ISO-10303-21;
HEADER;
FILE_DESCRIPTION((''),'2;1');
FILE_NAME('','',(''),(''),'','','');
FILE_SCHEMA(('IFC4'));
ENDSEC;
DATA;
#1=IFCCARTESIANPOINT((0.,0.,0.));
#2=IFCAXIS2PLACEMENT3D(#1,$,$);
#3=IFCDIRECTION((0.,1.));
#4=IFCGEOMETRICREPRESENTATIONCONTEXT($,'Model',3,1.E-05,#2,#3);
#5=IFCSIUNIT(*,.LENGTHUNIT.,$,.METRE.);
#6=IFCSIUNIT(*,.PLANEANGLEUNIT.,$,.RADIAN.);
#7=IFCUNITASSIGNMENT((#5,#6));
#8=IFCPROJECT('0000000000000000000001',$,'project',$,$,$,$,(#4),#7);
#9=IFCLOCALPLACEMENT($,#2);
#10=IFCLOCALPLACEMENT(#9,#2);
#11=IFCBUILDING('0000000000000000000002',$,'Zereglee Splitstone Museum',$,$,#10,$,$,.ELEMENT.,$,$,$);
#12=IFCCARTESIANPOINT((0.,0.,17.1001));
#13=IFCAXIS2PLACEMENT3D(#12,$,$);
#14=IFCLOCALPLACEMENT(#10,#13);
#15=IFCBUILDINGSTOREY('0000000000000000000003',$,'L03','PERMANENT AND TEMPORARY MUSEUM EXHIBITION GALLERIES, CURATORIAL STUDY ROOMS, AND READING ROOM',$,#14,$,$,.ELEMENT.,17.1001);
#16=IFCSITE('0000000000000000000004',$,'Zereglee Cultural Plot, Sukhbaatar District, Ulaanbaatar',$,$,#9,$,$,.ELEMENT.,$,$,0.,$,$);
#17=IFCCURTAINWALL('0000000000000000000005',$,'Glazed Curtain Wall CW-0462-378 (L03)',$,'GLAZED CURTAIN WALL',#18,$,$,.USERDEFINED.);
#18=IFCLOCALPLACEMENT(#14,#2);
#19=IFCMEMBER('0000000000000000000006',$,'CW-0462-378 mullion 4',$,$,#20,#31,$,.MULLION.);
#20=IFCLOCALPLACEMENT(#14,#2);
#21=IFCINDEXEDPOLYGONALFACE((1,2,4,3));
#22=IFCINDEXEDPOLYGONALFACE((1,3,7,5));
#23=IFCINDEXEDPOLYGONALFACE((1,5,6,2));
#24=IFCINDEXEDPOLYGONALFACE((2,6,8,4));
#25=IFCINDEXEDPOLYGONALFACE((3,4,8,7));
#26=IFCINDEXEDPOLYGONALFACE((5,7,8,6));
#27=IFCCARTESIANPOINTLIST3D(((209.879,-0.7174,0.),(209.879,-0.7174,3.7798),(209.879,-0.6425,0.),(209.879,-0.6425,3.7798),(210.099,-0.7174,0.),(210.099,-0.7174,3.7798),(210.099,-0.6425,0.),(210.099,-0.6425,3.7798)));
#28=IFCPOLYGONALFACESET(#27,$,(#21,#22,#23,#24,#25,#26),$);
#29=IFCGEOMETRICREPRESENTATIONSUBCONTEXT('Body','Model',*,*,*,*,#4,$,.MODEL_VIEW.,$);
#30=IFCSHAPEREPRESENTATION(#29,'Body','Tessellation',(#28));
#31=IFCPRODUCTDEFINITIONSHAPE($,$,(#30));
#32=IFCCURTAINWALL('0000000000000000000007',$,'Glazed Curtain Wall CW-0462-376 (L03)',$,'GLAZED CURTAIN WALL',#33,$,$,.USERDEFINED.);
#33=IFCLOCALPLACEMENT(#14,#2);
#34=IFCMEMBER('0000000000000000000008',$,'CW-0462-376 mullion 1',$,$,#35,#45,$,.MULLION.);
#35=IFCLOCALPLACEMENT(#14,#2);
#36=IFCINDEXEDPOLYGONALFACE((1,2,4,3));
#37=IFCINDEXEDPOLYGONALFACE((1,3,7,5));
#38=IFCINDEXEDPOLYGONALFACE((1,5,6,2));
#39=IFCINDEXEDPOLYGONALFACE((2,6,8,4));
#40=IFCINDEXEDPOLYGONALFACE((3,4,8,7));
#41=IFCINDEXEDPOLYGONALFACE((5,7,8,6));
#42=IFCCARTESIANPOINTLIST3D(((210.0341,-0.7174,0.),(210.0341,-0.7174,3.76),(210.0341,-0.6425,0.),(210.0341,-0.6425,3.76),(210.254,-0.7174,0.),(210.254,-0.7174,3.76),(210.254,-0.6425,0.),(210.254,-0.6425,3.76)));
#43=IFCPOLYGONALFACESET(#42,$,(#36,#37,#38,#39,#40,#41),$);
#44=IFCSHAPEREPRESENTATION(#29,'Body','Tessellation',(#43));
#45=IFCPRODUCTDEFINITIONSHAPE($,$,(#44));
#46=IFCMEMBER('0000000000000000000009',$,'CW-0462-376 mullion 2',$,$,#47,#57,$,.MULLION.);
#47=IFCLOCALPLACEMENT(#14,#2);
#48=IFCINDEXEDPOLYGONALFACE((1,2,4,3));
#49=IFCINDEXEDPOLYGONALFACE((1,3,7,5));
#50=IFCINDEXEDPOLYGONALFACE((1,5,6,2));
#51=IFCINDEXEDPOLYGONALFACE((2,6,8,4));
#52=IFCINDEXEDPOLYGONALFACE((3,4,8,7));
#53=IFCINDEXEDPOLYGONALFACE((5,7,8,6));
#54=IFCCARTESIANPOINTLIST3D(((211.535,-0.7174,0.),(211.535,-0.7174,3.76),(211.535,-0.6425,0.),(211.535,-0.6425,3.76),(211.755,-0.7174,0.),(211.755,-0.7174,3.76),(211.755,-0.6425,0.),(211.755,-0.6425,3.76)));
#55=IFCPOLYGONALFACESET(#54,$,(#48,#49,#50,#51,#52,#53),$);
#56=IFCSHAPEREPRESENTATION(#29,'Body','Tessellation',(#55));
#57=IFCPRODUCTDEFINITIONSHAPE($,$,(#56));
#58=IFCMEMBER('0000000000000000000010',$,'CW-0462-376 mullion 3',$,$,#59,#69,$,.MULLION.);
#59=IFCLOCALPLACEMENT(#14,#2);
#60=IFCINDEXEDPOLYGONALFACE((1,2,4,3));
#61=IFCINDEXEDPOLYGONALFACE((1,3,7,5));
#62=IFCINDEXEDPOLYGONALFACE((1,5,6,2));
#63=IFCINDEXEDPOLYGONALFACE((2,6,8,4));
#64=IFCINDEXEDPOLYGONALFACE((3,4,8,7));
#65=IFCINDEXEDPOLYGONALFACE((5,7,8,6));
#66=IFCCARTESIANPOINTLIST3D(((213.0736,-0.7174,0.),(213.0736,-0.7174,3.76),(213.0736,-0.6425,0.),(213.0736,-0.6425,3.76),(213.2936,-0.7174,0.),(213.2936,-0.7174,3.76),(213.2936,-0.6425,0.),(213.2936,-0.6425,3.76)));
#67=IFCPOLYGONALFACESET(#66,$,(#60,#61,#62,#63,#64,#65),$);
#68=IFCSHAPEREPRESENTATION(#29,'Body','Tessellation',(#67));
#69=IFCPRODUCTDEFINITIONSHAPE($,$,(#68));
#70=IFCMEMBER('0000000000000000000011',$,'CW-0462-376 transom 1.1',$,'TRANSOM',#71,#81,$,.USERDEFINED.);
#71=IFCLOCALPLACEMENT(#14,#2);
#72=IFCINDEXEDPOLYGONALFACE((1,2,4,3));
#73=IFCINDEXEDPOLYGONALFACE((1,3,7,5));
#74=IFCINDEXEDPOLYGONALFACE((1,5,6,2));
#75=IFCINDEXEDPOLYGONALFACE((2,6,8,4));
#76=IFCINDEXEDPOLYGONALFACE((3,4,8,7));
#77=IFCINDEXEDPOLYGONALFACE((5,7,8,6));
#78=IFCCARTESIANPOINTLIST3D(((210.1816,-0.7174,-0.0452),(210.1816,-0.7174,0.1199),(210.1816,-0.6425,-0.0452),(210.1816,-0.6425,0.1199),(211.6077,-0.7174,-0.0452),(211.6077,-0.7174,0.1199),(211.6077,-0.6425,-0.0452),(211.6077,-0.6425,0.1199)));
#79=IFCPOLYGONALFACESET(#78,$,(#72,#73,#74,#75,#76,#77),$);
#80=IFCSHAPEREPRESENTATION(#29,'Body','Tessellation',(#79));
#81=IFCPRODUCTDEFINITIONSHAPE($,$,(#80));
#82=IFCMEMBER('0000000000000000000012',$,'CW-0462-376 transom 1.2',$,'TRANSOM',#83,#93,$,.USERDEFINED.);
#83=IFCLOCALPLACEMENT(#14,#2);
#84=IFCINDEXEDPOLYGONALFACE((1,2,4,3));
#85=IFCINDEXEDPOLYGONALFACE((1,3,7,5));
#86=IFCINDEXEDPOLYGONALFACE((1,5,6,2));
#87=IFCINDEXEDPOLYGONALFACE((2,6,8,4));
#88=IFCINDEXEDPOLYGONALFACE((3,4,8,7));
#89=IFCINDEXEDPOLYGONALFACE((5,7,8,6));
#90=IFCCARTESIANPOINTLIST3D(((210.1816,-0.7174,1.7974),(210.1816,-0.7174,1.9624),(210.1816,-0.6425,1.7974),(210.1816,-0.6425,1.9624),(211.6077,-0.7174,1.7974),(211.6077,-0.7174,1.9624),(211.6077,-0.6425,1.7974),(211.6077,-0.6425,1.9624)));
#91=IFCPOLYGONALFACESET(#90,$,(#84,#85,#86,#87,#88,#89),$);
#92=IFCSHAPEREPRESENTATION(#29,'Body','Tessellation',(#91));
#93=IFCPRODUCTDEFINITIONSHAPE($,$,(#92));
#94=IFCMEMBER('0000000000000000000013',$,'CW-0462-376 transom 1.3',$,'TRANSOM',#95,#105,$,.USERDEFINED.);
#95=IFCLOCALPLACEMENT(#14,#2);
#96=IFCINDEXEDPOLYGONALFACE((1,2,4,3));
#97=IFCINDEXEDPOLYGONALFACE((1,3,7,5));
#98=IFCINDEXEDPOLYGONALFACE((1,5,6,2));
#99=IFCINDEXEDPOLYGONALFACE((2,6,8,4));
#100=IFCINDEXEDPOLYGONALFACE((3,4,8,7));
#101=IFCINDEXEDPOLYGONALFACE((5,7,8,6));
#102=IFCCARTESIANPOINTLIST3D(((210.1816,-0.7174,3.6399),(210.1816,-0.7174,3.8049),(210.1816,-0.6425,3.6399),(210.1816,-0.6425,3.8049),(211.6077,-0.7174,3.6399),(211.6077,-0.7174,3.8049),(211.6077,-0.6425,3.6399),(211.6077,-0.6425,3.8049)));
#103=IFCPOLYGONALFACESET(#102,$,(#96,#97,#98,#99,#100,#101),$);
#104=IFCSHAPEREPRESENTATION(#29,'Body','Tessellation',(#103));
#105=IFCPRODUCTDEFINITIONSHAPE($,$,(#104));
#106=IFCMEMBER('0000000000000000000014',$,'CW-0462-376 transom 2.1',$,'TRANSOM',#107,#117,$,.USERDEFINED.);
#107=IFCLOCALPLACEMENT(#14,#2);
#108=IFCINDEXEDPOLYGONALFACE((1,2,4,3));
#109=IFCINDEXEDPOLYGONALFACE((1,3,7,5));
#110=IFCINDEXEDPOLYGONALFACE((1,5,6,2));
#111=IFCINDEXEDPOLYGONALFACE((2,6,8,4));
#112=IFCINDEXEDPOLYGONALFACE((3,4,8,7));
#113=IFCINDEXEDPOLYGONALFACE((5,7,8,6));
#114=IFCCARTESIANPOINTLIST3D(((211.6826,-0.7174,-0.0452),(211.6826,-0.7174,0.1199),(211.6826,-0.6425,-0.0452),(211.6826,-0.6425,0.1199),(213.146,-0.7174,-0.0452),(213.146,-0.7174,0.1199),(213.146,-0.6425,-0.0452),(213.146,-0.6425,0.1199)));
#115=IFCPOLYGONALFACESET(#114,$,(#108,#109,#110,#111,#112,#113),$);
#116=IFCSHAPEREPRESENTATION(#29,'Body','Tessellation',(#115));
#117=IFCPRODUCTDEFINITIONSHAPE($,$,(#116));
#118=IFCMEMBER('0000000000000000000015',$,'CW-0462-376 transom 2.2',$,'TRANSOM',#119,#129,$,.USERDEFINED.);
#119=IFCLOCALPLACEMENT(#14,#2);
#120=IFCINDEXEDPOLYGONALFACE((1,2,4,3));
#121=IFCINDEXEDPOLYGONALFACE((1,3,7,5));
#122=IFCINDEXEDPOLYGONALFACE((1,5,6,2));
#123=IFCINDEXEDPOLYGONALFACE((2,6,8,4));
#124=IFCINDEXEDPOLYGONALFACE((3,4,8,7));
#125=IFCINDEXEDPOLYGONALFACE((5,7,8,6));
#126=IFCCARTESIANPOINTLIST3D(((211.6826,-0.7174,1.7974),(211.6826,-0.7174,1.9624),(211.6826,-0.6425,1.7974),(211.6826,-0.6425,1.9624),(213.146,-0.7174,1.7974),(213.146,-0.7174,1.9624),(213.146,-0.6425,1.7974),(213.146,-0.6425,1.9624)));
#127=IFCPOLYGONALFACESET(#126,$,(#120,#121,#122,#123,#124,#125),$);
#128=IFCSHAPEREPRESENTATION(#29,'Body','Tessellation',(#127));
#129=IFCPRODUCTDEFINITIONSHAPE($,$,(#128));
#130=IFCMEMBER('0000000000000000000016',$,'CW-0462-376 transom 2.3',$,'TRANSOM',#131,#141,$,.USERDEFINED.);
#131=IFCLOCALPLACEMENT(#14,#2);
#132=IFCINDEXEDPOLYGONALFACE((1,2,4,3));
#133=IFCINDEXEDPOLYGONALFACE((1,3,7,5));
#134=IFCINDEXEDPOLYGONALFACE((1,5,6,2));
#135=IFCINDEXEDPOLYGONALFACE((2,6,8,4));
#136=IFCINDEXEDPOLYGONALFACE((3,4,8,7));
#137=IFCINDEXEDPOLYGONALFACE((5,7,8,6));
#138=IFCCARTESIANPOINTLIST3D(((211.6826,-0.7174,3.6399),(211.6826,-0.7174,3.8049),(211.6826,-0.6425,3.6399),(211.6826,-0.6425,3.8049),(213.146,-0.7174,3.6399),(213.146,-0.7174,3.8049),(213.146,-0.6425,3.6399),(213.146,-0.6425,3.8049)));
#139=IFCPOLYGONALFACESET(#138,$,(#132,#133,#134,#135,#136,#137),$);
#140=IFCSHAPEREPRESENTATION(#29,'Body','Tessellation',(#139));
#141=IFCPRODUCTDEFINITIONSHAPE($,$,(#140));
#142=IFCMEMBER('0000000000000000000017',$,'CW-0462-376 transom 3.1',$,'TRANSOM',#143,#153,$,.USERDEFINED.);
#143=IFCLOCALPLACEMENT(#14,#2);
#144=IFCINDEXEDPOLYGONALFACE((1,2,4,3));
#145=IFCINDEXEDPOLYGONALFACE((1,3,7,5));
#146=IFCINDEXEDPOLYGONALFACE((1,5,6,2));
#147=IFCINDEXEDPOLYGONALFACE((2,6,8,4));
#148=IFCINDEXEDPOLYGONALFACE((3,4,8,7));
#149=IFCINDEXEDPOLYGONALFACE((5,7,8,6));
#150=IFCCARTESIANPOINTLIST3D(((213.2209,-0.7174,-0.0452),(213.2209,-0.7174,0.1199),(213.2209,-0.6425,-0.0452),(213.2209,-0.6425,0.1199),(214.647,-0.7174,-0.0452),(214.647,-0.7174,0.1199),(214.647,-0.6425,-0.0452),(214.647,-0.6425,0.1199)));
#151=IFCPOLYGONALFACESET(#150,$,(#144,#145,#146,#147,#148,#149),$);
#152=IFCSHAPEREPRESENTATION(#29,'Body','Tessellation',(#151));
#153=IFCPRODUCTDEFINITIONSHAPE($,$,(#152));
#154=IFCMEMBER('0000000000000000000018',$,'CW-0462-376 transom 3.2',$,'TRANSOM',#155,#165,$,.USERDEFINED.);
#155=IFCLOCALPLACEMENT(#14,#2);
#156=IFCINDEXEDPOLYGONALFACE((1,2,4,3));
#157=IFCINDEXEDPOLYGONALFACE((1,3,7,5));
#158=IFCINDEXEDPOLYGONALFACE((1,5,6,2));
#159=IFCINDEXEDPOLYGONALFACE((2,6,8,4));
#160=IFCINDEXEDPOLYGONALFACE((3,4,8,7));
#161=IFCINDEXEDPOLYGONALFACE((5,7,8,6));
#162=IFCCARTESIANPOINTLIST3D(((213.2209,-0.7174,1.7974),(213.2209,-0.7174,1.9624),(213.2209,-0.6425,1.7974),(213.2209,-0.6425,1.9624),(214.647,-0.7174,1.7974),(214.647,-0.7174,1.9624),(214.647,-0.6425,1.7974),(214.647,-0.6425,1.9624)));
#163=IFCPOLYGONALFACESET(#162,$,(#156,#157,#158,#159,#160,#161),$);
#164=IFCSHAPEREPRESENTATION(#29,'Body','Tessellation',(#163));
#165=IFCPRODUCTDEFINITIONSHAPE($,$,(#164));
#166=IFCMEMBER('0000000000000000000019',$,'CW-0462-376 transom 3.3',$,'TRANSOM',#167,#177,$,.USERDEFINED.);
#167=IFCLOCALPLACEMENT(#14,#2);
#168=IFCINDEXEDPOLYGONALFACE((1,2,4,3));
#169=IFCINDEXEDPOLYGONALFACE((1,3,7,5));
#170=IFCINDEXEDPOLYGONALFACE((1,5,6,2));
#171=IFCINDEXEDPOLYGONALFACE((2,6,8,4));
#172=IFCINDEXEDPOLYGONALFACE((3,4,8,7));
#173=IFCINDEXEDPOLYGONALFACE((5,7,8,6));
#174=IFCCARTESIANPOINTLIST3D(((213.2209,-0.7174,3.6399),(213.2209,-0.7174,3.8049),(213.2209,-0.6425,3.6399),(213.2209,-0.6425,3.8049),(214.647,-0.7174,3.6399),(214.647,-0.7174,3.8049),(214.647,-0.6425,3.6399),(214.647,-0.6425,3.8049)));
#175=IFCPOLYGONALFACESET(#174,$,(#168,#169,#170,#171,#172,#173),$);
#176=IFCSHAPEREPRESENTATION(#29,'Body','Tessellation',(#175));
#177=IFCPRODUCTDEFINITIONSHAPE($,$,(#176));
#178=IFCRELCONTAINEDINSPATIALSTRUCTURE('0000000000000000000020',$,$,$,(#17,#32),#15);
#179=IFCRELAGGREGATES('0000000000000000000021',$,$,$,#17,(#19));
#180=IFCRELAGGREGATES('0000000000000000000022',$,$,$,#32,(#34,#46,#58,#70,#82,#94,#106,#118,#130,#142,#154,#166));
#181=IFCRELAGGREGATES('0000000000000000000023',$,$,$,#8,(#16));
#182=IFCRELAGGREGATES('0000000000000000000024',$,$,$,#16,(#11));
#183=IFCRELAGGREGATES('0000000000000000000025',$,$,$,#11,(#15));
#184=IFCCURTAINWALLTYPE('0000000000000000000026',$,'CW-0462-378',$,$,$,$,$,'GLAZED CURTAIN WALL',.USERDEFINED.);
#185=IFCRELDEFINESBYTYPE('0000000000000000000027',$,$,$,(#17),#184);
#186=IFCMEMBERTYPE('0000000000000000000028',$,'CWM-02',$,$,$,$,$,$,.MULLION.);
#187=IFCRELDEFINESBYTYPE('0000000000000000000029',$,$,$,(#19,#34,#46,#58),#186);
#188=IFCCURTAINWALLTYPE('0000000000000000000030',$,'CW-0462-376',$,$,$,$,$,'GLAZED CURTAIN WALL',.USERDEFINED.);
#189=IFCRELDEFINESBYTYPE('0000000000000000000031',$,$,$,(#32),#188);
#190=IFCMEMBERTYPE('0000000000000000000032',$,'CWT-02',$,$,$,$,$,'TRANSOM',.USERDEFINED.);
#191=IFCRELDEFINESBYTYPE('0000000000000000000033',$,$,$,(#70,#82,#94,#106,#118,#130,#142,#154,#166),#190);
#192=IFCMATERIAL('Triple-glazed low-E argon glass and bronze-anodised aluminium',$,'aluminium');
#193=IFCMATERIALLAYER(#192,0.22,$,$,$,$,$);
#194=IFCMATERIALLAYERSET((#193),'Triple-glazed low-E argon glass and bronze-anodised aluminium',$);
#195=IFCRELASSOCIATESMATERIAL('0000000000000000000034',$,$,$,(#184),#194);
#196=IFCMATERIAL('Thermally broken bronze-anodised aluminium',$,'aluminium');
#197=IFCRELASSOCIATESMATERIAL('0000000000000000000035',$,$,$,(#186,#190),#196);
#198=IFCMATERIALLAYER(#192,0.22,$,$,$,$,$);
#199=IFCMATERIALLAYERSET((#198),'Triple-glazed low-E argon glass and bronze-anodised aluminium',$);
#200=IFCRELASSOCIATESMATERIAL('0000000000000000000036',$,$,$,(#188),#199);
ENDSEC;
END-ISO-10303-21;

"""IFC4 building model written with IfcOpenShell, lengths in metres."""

from ifc_helpers import new_model, si_unit, direction, frame, origin, origin_2d, place, context, subcontext, project, spatial, rectangle, extrude, material, layer, layer_set, material_profile, profile_set, type_object, element, aggregate, save


model = new_model("IFC4")

# Units and contexts
model_context = context("Model", 3, precision=1e-05, world=origin(), true_north=direction((0.0, 1.0)))
body_context = subcontext(model_context, "Body", "Model", "MODEL_VIEW")
ifc_project = project(units=[si_unit("LENGTHUNIT", "METRE"), si_unit("PLANEANGLEUNIT", "RADIAN")], contexts=[model_context])

# Site, building, storey
site_placement = place(None, origin())
site = spatial("IfcSite", under=ifc_project, at=site_placement, Name="Zereglee Cultural Plot, Sukhbaatar District, Ulaanbaatar", CompositionType="ELEMENT", RefElevation=0.0)
building_placement = place(site_placement, origin())
building = spatial("IfcBuilding", under=site, at=building_placement, Name="Zereglee Splitstone Museum", CompositionType="ELEMENT")
storey_placement = place(building_placement, frame((0.0, 0.0, 17.1001)))
storey = spatial("IfcBuildingStorey", under=building, at=storey_placement, Name="L03", Description="PERMANENT AND TEMPORARY MUSEUM EXHIBITION GALLERIES, CURATORIAL STUDY ROOMS, AND READING ROOM", CompositionType="ELEMENT", Elevation=17.1001)

# Curtain wall, member
ifc_material_1 = material(Name="Triple-glazed low-E argon glass and bronze-anodised aluminium", Category="aluminium")
ifc_layer_1 = layer(ifc_material_1, 0.22)
ifc_layer_set_1 = layer_set([ifc_layer_1], Name="Triple-glazed low-E argon glass and bronze-anodised aluminium")
curtain_wall_type_1 = type_object("IfcCurtainWallType", Name="CW-0462-378", ElementType="GLAZED CURTAIN WALL", PredefinedType="USERDEFINED", material=ifc_layer_set_1)
curtain_wall_1_placement = place(storey_placement, origin())
curtain_wall_1 = element("IfcCurtainWall", 1, at=curtain_wall_1_placement, inside=storey, type_object=curtain_wall_type_1, Name="Glazed Curtain Wall CW-0462-378 (L03)", ObjectType="GLAZED CURTAIN WALL", PredefinedType="USERDEFINED")
ifc_material_2 = material(Name="Thermally broken bronze-anodised aluminium", Category="aluminium")
ifc_material_profile_1 = material_profile(ifc_material_2, rectangle(XDim=0.075, YDim=0.22, at=origin_2d()), Name="CW MULL 75x220")
ifc_profile_set_1 = profile_set([ifc_material_profile_1], Name="Thermally broken bronze-anodised aluminium")
member_type_1 = type_object("IfcMemberType", Name="CWM-02", PredefinedType="MULLION", material=ifc_profile_set_1)
member_1_placement = place(storey_placement, frame((209.989, -0.6799, 0.0), z_axis=(0.0, 0.0, 1.0), x_axis=(0.0, 1.0, 0.0)))
member_1 = element("IfcMember", 2, at=member_1_placement, type_object=member_type_1, Name="CW-0462-378 mullion 4", PredefinedType="MULLION", context=body_context, shape_type="SweptSolid", body=[
    extrude(rectangle(XDim=0.075, YDim=0.22, at=origin_2d()), origin(), (0.0, 0.0, 1.0), 3.7798),
])

# Curtain wall, members
ifc_layer_2 = layer(ifc_material_1, 0.22)
ifc_layer_set_2 = layer_set([ifc_layer_2], Name="Triple-glazed low-E argon glass and bronze-anodised aluminium")
curtain_wall_type_2 = type_object("IfcCurtainWallType", Name="CW-0462-376", ElementType="GLAZED CURTAIN WALL", PredefinedType="USERDEFINED", material=ifc_layer_set_2)
curtain_wall_2_placement = place(storey_placement, origin())
curtain_wall_2 = element("IfcCurtainWall", 3, at=curtain_wall_2_placement, inside=storey, type_object=curtain_wall_type_2, Name="Glazed Curtain Wall CW-0462-376 (L03)", ObjectType="GLAZED CURTAIN WALL", PredefinedType="USERDEFINED")
member_2_placement = place(storey_placement, frame((210.144, -0.6799, 0.0), z_axis=(0.0, 0.0, 1.0), x_axis=(0.0, 1.0, 0.0)))
member_2 = element("IfcMember", 4, at=member_2_placement, type_object=member_type_1, Name="CW-0462-376 mullion 1", PredefinedType="MULLION", context=body_context, shape_type="SweptSolid", body=[
    extrude(rectangle(XDim=0.075, YDim=0.22, at=origin_2d()), origin(), (0.0, 0.0, 1.0), 3.76),
])
member_3_placement = place(storey_placement, frame((211.645, -0.6799, 0.0), z_axis=(0.0, 0.0, 1.0), x_axis=(0.0, 1.0, 0.0)))
member_3 = element("IfcMember", 5, at=member_3_placement, type_object=member_type_1, Name="CW-0462-376 mullion 2", PredefinedType="MULLION", context=body_context, shape_type="SweptSolid", body=[
    extrude(rectangle(XDim=0.075, YDim=0.22, at=origin_2d()), origin(), (0.0, 0.0, 1.0), 3.76),
])
member_4_placement = place(storey_placement, frame((213.1836, -0.6799, 0.0), z_axis=(0.0, 0.0, 1.0), x_axis=(0.0, 1.0, 0.0)))
member_4 = element("IfcMember", 6, at=member_4_placement, type_object=member_type_1, Name="CW-0462-376 mullion 3", PredefinedType="MULLION", context=body_context, shape_type="SweptSolid", body=[
    extrude(rectangle(XDim=0.075, YDim=0.22, at=origin_2d()), origin(), (0.0, 0.0, 1.0), 3.76),
])
ifc_material_profile_2 = material_profile(ifc_material_2, rectangle(XDim=0.075, YDim=0.165, at=origin_2d()), Name="CW TRAN 75x165")
ifc_profile_set_2 = profile_set([ifc_material_profile_2], Name="Thermally broken bronze-anodised aluminium")
member_type_2 = type_object("IfcMemberType", Name="CWT-02", ElementType="TRANSOM", PredefinedType="USERDEFINED", material=ifc_profile_set_2)
member_5_placement = place(storey_placement, frame((210.1816, -0.6799, 0.0374), z_axis=(1.0, 0.0, 0.0), x_axis=(0.0, 1.0, 0.0)))
member_5 = element("IfcMember", 7, at=member_5_placement, type_object=member_type_2, Name="CW-0462-376 transom 1.1", ObjectType="TRANSOM", PredefinedType="USERDEFINED", context=body_context, shape_type="SweptSolid", body=[
    extrude(rectangle(XDim=0.075, YDim=0.165, at=origin_2d()), origin(), (0.0, 0.0, 1.0), 1.426),
])
member_6_placement = place(storey_placement, frame((210.1816, -0.6799, 1.8799), z_axis=(1.0, 0.0, 0.0), x_axis=(0.0, 1.0, 0.0)))
member_6 = element("IfcMember", 8, at=member_6_placement, type_object=member_type_2, Name="CW-0462-376 transom 1.2", ObjectType="TRANSOM", PredefinedType="USERDEFINED", context=body_context, shape_type="SweptSolid", body=[
    extrude(rectangle(XDim=0.075, YDim=0.165, at=origin_2d()), origin(), (0.0, 0.0, 1.0), 1.426),
])
member_7_placement = place(storey_placement, frame((210.1816, -0.6799, 3.7224), z_axis=(1.0, 0.0, 0.0), x_axis=(0.0, 1.0, 0.0)))
member_7 = element("IfcMember", 9, at=member_7_placement, type_object=member_type_2, Name="CW-0462-376 transom 1.3", ObjectType="TRANSOM", PredefinedType="USERDEFINED", context=body_context, shape_type="SweptSolid", body=[
    extrude(rectangle(XDim=0.075, YDim=0.165, at=origin_2d()), origin(), (0.0, 0.0, 1.0), 1.426),
])
member_8_placement = place(storey_placement, frame((211.6826, -0.6799, 0.0374), z_axis=(1.0, 0.0, 0.0), x_axis=(0.0, 1.0, 0.0)))
member_8 = element("IfcMember", 10, at=member_8_placement, type_object=member_type_2, Name="CW-0462-376 transom 2.1", ObjectType="TRANSOM", PredefinedType="USERDEFINED", context=body_context, shape_type="SweptSolid", body=[
    extrude(rectangle(XDim=0.075, YDim=0.165, at=origin_2d()), origin(), (0.0, 0.0, 1.0), 1.4634),
])
member_9_placement = place(storey_placement, frame((211.6826, -0.6799, 1.8799), z_axis=(1.0, 0.0, 0.0), x_axis=(0.0, 1.0, 0.0)))
member_9 = element("IfcMember", 11, at=member_9_placement, type_object=member_type_2, Name="CW-0462-376 transom 2.2", ObjectType="TRANSOM", PredefinedType="USERDEFINED", context=body_context, shape_type="SweptSolid", body=[
    extrude(rectangle(XDim=0.075, YDim=0.165, at=origin_2d()), origin(), (0.0, 0.0, 1.0), 1.4634),
])
member_10_placement = place(storey_placement, frame((211.6826, -0.6799, 3.7224), z_axis=(1.0, 0.0, 0.0), x_axis=(0.0, 1.0, 0.0)))
member_10 = element("IfcMember", 12, at=member_10_placement, type_object=member_type_2, Name="CW-0462-376 transom 2.3", ObjectType="TRANSOM", PredefinedType="USERDEFINED", context=body_context, shape_type="SweptSolid", body=[
    extrude(rectangle(XDim=0.075, YDim=0.165, at=origin_2d()), origin(), (0.0, 0.0, 1.0), 1.4634),
])
member_11_placement = place(storey_placement, frame((213.2209, -0.6799, 0.0374), z_axis=(1.0, 0.0, 0.0), x_axis=(0.0, 1.0, 0.0)))
member_11 = element("IfcMember", 13, at=member_11_placement, type_object=member_type_2, Name="CW-0462-376 transom 3.1", ObjectType="TRANSOM", PredefinedType="USERDEFINED", context=body_context, shape_type="SweptSolid", body=[
    extrude(rectangle(XDim=0.075, YDim=0.165, at=origin_2d()), origin(), (0.0, 0.0, 1.0), 1.426),
])
member_12_placement = place(storey_placement, frame((213.2209, -0.6799, 1.8799), z_axis=(1.0, 0.0, 0.0), x_axis=(0.0, 1.0, 0.0)))
member_12 = element("IfcMember", 14, at=member_12_placement, type_object=member_type_2, Name="CW-0462-376 transom 3.2", ObjectType="TRANSOM", PredefinedType="USERDEFINED", context=body_context, shape_type="SweptSolid", body=[
    extrude(rectangle(XDim=0.075, YDim=0.165, at=origin_2d()), origin(), (0.0, 0.0, 1.0), 1.426),
])
member_13_placement = place(storey_placement, frame((213.2209, -0.6799, 3.7224), z_axis=(1.0, 0.0, 0.0), x_axis=(0.0, 1.0, 0.0)))
member_13 = element("IfcMember", 15, at=member_13_placement, type_object=member_type_2, Name="CW-0462-376 transom 3.3", ObjectType="TRANSOM", PredefinedType="USERDEFINED", context=body_context, shape_type="SweptSolid", body=[
    extrude(rectangle(XDim=0.075, YDim=0.165, at=origin_2d()), origin(), (0.0, 0.0, 1.0), 1.426),
])

aggregate(curtain_wall_1, [member_1])
aggregate(curtain_wall_2, [member_2, member_3, member_4, member_5, member_6, member_7, member_8, member_9, member_10, member_11, member_12, member_13])

save(model, "model.ifc")
